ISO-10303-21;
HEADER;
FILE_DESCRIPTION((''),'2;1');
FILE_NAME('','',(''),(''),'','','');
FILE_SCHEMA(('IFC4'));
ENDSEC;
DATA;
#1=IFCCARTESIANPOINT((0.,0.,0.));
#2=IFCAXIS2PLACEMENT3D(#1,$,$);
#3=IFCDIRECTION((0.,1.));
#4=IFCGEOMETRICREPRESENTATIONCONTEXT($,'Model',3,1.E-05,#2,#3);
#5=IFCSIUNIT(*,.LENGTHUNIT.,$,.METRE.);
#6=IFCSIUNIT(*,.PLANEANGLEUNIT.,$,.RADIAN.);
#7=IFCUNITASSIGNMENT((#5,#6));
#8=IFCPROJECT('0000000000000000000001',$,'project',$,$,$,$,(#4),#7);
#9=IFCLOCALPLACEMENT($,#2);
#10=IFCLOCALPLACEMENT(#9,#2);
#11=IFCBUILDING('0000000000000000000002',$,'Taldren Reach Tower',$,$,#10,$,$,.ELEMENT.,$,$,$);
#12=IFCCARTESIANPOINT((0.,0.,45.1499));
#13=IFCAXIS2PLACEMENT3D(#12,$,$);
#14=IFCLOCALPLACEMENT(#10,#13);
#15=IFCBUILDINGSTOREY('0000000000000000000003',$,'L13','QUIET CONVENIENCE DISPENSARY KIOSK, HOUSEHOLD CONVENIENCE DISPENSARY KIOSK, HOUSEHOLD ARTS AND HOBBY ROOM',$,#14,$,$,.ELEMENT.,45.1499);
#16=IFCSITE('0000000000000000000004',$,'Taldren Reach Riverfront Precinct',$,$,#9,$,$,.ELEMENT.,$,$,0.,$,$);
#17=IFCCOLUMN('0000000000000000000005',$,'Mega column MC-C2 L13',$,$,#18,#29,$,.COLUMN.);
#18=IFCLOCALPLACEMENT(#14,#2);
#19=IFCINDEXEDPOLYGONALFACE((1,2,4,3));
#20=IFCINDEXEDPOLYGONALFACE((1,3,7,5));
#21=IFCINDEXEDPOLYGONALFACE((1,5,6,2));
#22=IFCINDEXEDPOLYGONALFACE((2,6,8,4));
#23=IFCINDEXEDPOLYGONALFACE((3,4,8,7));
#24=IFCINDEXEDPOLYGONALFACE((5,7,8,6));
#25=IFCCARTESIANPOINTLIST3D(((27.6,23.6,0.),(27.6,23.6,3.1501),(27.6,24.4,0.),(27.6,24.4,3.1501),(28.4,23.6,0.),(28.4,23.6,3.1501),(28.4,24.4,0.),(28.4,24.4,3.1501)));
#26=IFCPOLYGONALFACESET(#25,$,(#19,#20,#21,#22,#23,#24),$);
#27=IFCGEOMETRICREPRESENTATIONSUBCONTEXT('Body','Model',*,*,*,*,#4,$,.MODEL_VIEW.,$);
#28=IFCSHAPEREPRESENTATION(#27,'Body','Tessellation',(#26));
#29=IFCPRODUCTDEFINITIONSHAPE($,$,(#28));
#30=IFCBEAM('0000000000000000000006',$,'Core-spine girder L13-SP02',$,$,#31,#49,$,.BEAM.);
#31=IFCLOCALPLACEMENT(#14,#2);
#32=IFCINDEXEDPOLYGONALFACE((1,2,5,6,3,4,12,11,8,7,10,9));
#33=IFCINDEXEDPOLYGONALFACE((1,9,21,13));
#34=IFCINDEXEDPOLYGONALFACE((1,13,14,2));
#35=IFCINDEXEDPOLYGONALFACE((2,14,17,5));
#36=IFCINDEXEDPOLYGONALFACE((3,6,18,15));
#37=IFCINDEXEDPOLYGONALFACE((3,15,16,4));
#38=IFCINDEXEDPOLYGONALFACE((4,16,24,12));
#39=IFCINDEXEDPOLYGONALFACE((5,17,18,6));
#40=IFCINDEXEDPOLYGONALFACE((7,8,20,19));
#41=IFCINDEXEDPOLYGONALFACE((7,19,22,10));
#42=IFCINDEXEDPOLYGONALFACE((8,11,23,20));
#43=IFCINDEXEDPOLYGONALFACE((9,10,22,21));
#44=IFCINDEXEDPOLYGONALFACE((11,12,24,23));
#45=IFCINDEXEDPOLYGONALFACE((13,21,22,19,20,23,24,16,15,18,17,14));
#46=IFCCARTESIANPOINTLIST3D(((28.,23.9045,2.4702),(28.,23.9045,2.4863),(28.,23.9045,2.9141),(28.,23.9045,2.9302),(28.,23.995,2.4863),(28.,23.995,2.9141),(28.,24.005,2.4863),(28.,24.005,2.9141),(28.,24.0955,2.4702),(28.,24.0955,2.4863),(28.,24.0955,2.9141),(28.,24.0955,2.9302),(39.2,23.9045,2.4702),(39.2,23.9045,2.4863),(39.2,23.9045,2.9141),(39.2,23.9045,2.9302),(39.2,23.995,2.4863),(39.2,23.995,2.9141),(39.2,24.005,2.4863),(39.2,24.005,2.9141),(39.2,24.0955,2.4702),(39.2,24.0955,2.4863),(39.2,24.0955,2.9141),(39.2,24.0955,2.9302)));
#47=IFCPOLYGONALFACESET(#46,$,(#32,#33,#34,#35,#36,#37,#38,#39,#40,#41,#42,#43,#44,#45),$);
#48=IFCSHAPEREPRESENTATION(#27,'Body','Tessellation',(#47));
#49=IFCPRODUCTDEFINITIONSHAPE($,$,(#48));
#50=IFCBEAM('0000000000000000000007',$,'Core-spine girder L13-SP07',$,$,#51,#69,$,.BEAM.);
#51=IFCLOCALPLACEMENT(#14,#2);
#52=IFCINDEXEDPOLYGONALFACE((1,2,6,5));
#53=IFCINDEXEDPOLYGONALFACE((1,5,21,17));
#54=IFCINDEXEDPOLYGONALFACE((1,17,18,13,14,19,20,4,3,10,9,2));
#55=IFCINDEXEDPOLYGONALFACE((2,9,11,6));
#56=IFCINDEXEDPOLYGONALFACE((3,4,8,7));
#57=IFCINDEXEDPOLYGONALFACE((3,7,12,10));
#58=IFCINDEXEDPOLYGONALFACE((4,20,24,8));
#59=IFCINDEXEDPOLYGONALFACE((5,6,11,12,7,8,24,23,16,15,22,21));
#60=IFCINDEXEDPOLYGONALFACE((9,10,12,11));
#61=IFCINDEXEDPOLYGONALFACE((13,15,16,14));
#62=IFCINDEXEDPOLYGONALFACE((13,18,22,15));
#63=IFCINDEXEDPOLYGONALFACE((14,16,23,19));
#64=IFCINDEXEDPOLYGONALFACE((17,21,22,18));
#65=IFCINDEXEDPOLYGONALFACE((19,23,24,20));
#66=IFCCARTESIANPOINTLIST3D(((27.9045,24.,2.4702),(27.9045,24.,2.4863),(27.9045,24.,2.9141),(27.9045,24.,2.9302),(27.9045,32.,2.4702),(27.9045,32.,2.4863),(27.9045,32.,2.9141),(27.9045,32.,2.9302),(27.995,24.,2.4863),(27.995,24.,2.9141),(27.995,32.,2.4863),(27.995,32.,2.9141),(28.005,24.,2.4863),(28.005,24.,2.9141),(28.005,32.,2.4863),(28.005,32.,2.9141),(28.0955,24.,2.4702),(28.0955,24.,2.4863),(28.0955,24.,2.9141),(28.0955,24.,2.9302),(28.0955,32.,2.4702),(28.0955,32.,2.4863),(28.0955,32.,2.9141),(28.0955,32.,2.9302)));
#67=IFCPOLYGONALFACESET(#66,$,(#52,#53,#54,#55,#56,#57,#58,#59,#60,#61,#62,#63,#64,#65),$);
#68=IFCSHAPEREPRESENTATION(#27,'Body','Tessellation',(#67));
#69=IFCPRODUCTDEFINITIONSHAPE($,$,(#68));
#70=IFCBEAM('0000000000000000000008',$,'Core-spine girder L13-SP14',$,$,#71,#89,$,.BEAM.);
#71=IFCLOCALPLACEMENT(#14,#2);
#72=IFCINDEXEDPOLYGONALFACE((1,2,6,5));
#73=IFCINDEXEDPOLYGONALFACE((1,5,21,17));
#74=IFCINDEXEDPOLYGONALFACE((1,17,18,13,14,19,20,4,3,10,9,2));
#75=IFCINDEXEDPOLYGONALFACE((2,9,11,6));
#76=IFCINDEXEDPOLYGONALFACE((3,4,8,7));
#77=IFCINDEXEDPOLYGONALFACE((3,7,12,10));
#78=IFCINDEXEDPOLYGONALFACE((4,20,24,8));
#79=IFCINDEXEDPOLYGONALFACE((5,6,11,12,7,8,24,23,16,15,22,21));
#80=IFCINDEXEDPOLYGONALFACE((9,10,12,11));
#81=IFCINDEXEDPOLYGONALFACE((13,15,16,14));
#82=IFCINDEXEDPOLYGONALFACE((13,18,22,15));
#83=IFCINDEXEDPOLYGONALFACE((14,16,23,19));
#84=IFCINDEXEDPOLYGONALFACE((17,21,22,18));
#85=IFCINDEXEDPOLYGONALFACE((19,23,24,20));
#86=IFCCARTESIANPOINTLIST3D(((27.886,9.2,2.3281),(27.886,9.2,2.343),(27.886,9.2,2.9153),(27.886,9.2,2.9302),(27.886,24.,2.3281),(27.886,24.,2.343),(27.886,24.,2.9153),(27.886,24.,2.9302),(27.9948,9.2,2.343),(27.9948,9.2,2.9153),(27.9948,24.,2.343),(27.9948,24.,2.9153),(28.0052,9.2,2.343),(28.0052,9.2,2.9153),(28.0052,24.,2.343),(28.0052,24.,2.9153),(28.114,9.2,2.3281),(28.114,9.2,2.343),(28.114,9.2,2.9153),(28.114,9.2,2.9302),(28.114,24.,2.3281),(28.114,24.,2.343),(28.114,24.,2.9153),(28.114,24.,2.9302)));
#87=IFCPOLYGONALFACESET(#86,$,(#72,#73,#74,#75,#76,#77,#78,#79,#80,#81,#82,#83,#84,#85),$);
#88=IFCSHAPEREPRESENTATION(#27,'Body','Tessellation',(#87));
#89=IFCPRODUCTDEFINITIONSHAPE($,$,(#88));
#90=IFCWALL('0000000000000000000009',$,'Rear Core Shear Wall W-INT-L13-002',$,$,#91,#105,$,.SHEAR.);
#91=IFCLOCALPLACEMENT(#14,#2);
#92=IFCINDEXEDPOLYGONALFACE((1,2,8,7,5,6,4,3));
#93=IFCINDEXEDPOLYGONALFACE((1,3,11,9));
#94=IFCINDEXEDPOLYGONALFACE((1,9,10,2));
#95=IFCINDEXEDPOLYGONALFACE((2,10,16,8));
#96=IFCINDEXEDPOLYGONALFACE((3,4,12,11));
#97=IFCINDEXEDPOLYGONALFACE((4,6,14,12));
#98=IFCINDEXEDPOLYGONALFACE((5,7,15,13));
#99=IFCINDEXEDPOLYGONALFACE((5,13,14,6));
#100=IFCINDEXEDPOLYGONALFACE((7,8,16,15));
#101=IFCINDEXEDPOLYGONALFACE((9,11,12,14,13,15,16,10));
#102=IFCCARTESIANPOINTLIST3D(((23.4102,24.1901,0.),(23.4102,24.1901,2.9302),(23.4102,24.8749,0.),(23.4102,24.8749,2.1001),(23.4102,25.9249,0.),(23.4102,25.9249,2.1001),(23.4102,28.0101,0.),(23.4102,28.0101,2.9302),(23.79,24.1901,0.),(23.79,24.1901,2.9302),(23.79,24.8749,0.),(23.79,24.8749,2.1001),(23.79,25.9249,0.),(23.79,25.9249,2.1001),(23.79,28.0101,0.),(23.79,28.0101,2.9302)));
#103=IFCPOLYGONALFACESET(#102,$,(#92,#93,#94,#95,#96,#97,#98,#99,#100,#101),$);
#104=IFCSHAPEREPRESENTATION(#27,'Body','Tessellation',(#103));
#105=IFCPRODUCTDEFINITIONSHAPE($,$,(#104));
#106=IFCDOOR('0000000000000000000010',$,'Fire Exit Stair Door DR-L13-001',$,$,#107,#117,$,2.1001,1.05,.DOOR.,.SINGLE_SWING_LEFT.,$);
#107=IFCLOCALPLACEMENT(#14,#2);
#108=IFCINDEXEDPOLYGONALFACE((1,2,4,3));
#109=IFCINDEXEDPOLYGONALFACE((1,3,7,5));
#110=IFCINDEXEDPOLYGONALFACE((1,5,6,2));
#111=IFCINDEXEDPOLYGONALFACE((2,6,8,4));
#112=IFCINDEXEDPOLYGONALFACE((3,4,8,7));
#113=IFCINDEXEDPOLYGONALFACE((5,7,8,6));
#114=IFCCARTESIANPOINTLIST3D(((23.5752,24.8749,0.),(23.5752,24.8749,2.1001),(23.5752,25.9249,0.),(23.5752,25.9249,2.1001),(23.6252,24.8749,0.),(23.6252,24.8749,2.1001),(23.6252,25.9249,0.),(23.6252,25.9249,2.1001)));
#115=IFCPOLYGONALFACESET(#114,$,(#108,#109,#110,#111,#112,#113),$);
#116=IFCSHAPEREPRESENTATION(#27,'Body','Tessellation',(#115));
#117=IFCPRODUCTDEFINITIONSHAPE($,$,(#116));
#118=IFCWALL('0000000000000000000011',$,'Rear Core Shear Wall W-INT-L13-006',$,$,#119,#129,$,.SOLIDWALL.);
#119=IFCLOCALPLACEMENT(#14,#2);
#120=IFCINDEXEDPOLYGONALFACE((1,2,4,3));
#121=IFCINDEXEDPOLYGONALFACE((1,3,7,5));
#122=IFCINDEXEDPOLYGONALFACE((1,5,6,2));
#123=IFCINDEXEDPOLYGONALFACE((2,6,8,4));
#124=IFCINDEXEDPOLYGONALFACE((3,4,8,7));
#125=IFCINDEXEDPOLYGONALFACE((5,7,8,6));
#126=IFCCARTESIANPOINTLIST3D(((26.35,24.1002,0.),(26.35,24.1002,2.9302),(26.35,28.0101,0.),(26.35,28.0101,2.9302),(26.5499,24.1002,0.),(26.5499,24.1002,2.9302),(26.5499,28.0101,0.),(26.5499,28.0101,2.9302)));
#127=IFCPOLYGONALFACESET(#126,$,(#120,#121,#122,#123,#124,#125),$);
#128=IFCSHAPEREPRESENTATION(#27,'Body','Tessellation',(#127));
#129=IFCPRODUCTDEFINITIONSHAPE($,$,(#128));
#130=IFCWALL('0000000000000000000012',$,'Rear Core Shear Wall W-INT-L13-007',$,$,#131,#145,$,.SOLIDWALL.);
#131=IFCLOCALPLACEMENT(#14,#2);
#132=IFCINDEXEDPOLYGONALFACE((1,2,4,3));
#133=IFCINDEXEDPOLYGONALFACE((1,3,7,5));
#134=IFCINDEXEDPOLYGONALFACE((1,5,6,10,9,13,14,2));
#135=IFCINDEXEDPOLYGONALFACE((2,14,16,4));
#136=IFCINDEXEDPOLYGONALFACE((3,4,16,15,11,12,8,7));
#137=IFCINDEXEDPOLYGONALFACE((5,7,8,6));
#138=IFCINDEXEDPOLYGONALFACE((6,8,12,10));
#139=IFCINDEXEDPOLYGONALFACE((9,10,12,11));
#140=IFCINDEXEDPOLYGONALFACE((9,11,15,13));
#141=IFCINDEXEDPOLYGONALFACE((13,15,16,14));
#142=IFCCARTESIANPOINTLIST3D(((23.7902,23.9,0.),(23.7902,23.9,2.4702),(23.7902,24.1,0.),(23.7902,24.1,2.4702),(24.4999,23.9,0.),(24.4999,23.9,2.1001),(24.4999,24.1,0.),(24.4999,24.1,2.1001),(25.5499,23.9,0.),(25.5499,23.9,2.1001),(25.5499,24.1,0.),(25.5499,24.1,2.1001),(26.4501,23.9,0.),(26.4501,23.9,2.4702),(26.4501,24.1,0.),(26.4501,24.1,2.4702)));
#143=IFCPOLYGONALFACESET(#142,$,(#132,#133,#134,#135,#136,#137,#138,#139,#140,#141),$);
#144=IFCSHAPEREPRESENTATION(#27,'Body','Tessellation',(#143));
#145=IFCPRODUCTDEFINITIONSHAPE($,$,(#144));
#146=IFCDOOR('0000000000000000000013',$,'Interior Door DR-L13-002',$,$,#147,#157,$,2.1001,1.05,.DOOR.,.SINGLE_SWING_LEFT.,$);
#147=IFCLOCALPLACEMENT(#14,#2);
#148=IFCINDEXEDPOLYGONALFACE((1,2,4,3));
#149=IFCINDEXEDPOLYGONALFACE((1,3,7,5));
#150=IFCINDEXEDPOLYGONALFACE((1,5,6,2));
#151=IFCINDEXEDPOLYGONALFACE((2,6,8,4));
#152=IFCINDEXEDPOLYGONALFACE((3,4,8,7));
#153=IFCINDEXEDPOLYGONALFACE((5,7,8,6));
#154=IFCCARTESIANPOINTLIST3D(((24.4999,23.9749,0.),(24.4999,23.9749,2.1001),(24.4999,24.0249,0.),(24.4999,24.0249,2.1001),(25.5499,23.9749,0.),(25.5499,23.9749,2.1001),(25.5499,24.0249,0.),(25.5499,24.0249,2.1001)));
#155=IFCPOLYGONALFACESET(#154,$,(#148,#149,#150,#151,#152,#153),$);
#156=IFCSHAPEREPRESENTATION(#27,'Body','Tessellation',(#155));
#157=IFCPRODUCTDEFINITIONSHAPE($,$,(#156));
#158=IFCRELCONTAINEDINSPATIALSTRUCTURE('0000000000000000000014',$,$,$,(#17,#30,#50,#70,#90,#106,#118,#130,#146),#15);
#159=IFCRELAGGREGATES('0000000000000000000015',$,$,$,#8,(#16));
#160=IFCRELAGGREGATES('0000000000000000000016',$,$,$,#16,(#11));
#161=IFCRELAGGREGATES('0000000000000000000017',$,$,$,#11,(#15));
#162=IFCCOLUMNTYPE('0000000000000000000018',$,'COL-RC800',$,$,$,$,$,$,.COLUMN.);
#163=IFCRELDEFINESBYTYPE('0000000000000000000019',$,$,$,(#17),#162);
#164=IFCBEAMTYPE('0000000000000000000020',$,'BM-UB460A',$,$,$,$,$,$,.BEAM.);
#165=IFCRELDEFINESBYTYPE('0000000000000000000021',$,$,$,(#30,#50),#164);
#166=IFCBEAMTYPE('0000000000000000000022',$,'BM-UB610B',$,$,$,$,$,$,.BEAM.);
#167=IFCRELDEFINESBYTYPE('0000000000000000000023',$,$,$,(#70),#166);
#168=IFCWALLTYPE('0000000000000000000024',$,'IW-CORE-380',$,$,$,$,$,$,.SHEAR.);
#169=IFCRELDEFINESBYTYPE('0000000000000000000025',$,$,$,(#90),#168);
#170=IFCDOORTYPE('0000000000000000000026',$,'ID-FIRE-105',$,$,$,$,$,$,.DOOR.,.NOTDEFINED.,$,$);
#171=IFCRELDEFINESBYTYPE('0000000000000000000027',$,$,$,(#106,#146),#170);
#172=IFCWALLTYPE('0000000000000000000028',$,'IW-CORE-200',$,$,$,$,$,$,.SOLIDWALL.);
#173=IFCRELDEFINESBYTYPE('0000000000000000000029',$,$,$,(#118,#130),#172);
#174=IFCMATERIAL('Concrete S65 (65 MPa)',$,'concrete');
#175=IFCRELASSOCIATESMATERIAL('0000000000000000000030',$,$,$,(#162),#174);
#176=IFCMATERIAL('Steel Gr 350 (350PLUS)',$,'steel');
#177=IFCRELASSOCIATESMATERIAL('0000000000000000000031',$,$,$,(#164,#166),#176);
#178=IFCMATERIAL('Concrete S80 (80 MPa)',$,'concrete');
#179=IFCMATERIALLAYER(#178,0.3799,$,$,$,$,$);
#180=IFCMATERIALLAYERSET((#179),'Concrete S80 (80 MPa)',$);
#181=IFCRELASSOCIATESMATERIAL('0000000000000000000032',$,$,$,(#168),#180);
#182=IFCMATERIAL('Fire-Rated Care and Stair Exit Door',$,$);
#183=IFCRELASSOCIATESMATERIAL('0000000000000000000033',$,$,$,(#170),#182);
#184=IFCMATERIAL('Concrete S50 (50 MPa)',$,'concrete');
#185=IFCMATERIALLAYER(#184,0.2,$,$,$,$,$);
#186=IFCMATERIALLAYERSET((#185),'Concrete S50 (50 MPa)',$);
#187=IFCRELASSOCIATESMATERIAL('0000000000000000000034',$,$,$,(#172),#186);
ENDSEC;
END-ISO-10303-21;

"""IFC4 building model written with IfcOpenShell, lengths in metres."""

from ifc_helpers import new_model, si_unit, direction, frame, frame_2d, origin, origin_2d, place, context, subcontext, project, spatial, rectangle, i_section, extrude, source, transform, mapped, material, layer, layer_set, material_profile, profile_set, type_object, element, fill, save


model = new_model("IFC4")

# Units and contexts
model_context = context("Model", 3, precision=1e-05, world=origin(), true_north=direction((0.0, 1.0)))
body_context = subcontext(model_context, "Body", "Model", "MODEL_VIEW")
ifc_project = project(units=[si_unit("LENGTHUNIT", "METRE"), si_unit("PLANEANGLEUNIT", "RADIAN")], contexts=[model_context])

# Site, building, storey
site_placement = place(None, origin())
site = spatial("IfcSite", under=ifc_project, at=site_placement, Name="Taldren Reach Riverfront Precinct", CompositionType="ELEMENT", RefElevation=0.0)
building_placement = place(site_placement, origin())
building = spatial("IfcBuilding", under=site, at=building_placement, Name="Taldren Reach Tower", CompositionType="ELEMENT")
storey_placement = place(building_placement, frame((0.0, 0.0, 45.1499)))
storey = spatial("IfcBuildingStorey", under=building, at=storey_placement, Name="L13", Description="QUIET CONVENIENCE DISPENSARY KIOSK, HOUSEHOLD CONVENIENCE DISPENSARY KIOSK, HOUSEHOLD ARTS AND HOBBY ROOM", CompositionType="ELEMENT", Elevation=45.1499)

# Column
ifc_material_1 = material(Name="Concrete S65 (65 MPa)", Category="concrete")
ifc_material_profile_1 = material_profile(ifc_material_1, rectangle(XDim=0.8, YDim=0.8, at=origin_2d()), Name="RC-800x800")
ifc_profile_set_1 = profile_set([ifc_material_profile_1], Name="Concrete S65 (65 MPa)")
column_type = type_object("IfcColumnType", Name="COL-RC800", PredefinedType="COLUMN", material=ifc_profile_set_1)
shared_shape_1 = source(origin(), body_context, "Body", "SweptSolid", [
    extrude(rectangle(XDim=0.8, YDim=0.8, at=origin_2d()), origin(), (0.0, 0.0, 1.0), 3.1501),
])
column_placement = place(storey_placement, frame((28.0, 24.0, 0.0), z_axis=(0.0, 0.0, 1.0), x_axis=(1.0, 0.0, 0.0)))
element("IfcColumn", 1, at=column_placement, inside=storey, type_object=column_type, Name="Mega column MC-C2 L13", PredefinedType="COLUMN", context=body_context, shape_type="MappedRepresentation", body=[
    mapped(shared_shape_1, transform((0.0, 0.0, 0.0), scale=1.0)),
])

# Beams
ifc_material_2 = material(Name="Steel Gr 350 (350PLUS)", Category="steel")
ifc_material_profile_2 = material_profile(ifc_material_2, i_section(OverallWidth=0.1909, OverallDepth=0.46, WebThickness=0.01, FlangeThickness=0.0161, at=origin_2d()), Name="460UB82.1")
ifc_profile_set_2 = profile_set([ifc_material_profile_2], Name="Steel Gr 350 (350PLUS)")
beam_type_1 = type_object("IfcBeamType", Name="BM-UB460A", PredefinedType="BEAM", material=ifc_profile_set_2)
shared_shape_2 = source(origin(), body_context, "Body", "SweptSolid", [
    extrude(i_section(OverallWidth=0.1909, OverallDepth=0.46, WebThickness=0.01, FlangeThickness=0.0161, at=origin_2d()), origin(), (0.0, 0.0, 1.0), 11.2),
])
beam_1_placement = place(storey_placement, frame((28.0, 24.0, 2.7002), z_axis=(1.0, 0.0, 0.0), x_axis=(0.0, 1.0, 0.0)))
element("IfcBeam", 2, at=beam_1_placement, inside=storey, type_object=beam_type_1, Name="Core-spine girder L13-SP02", PredefinedType="BEAM", context=body_context, shape_type="MappedRepresentation", body=[
    mapped(shared_shape_2, transform((0.0, 0.0, 0.0), scale=1.0)),
])
shared_shape_3 = source(origin(), body_context, "Body", "SweptSolid", [
    extrude(i_section(OverallWidth=0.1909, OverallDepth=0.46, WebThickness=0.01, FlangeThickness=0.0161, at=origin_2d()), origin(), (0.0, 0.0, 1.0), 8.0),
])
beam_2_placement = place(storey_placement, frame((28.0, 24.0, 2.7002), z_axis=(0.0, 1.0, 0.0), x_axis=(-1.0, 0.0, 0.0)))
element("IfcBeam", 3, at=beam_2_placement, inside=storey, type_object=beam_type_1, Name="Core-spine girder L13-SP07", PredefinedType="BEAM", context=body_context, shape_type="MappedRepresentation", body=[
    mapped(shared_shape_3, transform((0.0, 0.0, 0.0), scale=1.0)),
])
ifc_material_profile_3 = material_profile(ifc_material_2, i_section(OverallWidth=0.228, OverallDepth=0.6021, WebThickness=0.0105, FlangeThickness=0.0149, at=origin_2d()), Name="610UB101")
ifc_profile_set_3 = profile_set([ifc_material_profile_3], Name="Steel Gr 350 (350PLUS)")
beam_type_2 = type_object("IfcBeamType", Name="BM-UB610B", PredefinedType="BEAM", material=ifc_profile_set_3)
shared_shape_4 = source(origin(), body_context, "Body", "SweptSolid", [
    extrude(i_section(OverallWidth=0.228, OverallDepth=0.6021, WebThickness=0.0105, FlangeThickness=0.0149, at=origin_2d()), origin(), (0.0, 0.0, 1.0), 14.8),
])
beam_3_placement = place(storey_placement, frame((28.0, 24.0, 2.6292), z_axis=(0.0, -1.0, 0.0), x_axis=(1.0, 0.0, 0.0)))
element("IfcBeam", 4, at=beam_3_placement, inside=storey, type_object=beam_type_2, Name="Core-spine girder L13-SP14", PredefinedType="BEAM", context=body_context, shape_type="MappedRepresentation", body=[
    mapped(shared_shape_4, transform((0.0, 0.0, 0.0), scale=1.0)),
])

# Wall, opening, door
ifc_material_3 = material(Name="Concrete S80 (80 MPa)", Category="concrete")
ifc_layer_1 = layer(ifc_material_3, 0.3799)
ifc_layer_set_1 = layer_set([ifc_layer_1], Name="Concrete S80 (80 MPa)")
wall_type_1 = type_object("IfcWallType", Name="IW-CORE-380", PredefinedType="SHEAR", material=ifc_layer_set_1)
shared_shape_5 = source(origin(), body_context, "Body", "SweptSolid", [
    extrude(rectangle(XDim=3.8201, YDim=0.3799, at=frame_2d((1.9102, 0.0))), origin(), (0.0, 0.0, 1.0), 2.9302),
])
wall_1_placement = place(storey_placement, frame((23.6001, 24.1899, 0.0), z_axis=(0.0, 0.0, 1.0), x_axis=(0.0, 1.0, 0.0)))
wall_1 = element("IfcWall", 5, at=wall_1_placement, inside=storey, type_object=wall_type_1, Name="Rear Core Shear Wall W-INT-L13-002", PredefinedType="SHEAR", context=body_context, shape_type="MappedRepresentation", body=[
    mapped(shared_shape_5, transform((0.0, 0.0, 0.0), scale=1.0)),
])
shared_shape_6 = source(origin(), body_context, "Body", "SweptSolid", [
    extrude(rectangle(XDim=1.05, YDim=2.1001, at=frame_2d((0.5249, 1.05))), frame((0.0, 0.2, 0.0), z_axis=(0.0, -1.0, 0.0), x_axis=(1.0, 0.0, 0.0)), (0.0, 0.0, 1.0), 0.3999),
])
opening_1_placement = place(wall_1_placement, frame((0.6851, 0.0, 0.0)))
opening_1 = element("IfcOpeningElement", 6, at=opening_1_placement, cuts=wall_1, PredefinedType="OPENING", context=body_context, shape_type="MappedRepresentation", body=[
    mapped(shared_shape_6, transform((0.0, 0.0, 0.0), scale=1.0)),
])
ifc_material_4 = material(Name="Fire-Rated Care and Stair Exit Door")
door_type = type_object("IfcDoorType", Name="ID-FIRE-105", OperationType="NOTDEFINED", PredefinedType="DOOR", material=ifc_material_4)
shared_shape_7 = source(origin(), body_context, "Body", "SweptSolid", [
    extrude(rectangle(XDim=1.05, YDim=2.1001, at=frame_2d((0.5249, 1.05))), frame((0.0, 0.0249, 0.0), z_axis=(0.0, -1.0, 0.0), x_axis=(1.0, 0.0, 0.0)), (0.0, 0.0, 1.0), 0.05),
])
door_1_placement = place(opening_1_placement, origin())
door_1 = element("IfcDoor", 7, at=door_1_placement, inside=storey, type_object=door_type, Name="Fire Exit Stair Door DR-L13-001", OperationType="SINGLE_SWING_LEFT", OverallHeight=2.1001, OverallWidth=1.05, PredefinedType="DOOR", context=body_context, shape_type="MappedRepresentation", body=[
    mapped(shared_shape_7, transform((0.0, 0.0, 0.0), scale=1.0)),
])
fill(opening_1, door_1)

# Wall
ifc_material_5 = material(Name="Concrete S50 (50 MPa)", Category="concrete")
ifc_layer_2 = layer(ifc_material_5, 0.2)
ifc_layer_set_2 = layer_set([ifc_layer_2], Name="Concrete S50 (50 MPa)")
wall_type_2 = type_object("IfcWallType", Name="IW-CORE-200", PredefinedType="SOLIDWALL", material=ifc_layer_set_2)
shared_shape_8 = source(origin(), body_context, "Body", "SweptSolid", [
    extrude(rectangle(XDim=3.9099, YDim=0.2, at=frame_2d((1.9551, 0.0))), origin(), (0.0, 0.0, 1.0), 2.9302),
])
wall_2_placement = place(storey_placement, frame((26.45, 24.1001, 0.0), z_axis=(0.0, 0.0, 1.0), x_axis=(0.0, 1.0, 0.0)))
element("IfcWall", 8, at=wall_2_placement, inside=storey, type_object=wall_type_2, Name="Rear Core Shear Wall W-INT-L13-006", PredefinedType="SOLIDWALL", context=body_context, shape_type="MappedRepresentation", body=[
    mapped(shared_shape_8, transform((0.0, 0.0, 0.0), scale=1.0)),
])

# Wall, opening, door
shared_shape_9 = source(origin(), body_context, "Body", "SweptSolid", [
    extrude(rectangle(XDim=2.6599, YDim=0.2, at=frame_2d((1.3301, 0.0))), origin(), (0.0, 0.0, 1.0), 2.4702),
])
wall_3_placement = place(storey_placement, frame((23.79, 24.0, 0.0), z_axis=(0.0, 0.0, 1.0), x_axis=(1.0, 0.0, 0.0)))
wall_3 = element("IfcWall", 9, at=wall_3_placement, inside=storey, type_object=wall_type_2, Name="Rear Core Shear Wall W-INT-L13-007", PredefinedType="SOLIDWALL", context=body_context, shape_type="MappedRepresentation", body=[
    mapped(shared_shape_9, transform((0.0, 0.0, 0.0), scale=1.0)),
])
shared_shape_10 = source(origin(), body_context, "Body", "SweptSolid", [
    extrude(rectangle(XDim=1.05, YDim=2.1001, at=frame_2d((0.5249, 1.05))), frame((0.0, 0.1099, 0.0), z_axis=(0.0, -1.0, 0.0), x_axis=(1.0, 0.0, 0.0)), (0.0, 0.0, 1.0), 0.22),
])
opening_2_placement = place(wall_3_placement, frame((0.71, 0.0, 0.0)))
opening_2 = element("IfcOpeningElement", 10, at=opening_2_placement, cuts=wall_3, PredefinedType="OPENING", context=body_context, shape_type="MappedRepresentation", body=[
    mapped(shared_shape_10, transform((0.0, 0.0, 0.0), scale=1.0)),
])
door_2_placement = place(opening_2_placement, origin())
door_2 = element("IfcDoor", 11, at=door_2_placement, inside=storey, type_object=door_type, Name="Interior Door DR-L13-002", OperationType="SINGLE_SWING_LEFT", OverallHeight=2.1001, OverallWidth=1.05, PredefinedType="DOOR", context=body_context, shape_type="MappedRepresentation", body=[
    mapped(shared_shape_7, transform((0.0, 0.0, 0.0), scale=1.0)),
])
fill(opening_2, door_2)

save(model, "model.ifc")
